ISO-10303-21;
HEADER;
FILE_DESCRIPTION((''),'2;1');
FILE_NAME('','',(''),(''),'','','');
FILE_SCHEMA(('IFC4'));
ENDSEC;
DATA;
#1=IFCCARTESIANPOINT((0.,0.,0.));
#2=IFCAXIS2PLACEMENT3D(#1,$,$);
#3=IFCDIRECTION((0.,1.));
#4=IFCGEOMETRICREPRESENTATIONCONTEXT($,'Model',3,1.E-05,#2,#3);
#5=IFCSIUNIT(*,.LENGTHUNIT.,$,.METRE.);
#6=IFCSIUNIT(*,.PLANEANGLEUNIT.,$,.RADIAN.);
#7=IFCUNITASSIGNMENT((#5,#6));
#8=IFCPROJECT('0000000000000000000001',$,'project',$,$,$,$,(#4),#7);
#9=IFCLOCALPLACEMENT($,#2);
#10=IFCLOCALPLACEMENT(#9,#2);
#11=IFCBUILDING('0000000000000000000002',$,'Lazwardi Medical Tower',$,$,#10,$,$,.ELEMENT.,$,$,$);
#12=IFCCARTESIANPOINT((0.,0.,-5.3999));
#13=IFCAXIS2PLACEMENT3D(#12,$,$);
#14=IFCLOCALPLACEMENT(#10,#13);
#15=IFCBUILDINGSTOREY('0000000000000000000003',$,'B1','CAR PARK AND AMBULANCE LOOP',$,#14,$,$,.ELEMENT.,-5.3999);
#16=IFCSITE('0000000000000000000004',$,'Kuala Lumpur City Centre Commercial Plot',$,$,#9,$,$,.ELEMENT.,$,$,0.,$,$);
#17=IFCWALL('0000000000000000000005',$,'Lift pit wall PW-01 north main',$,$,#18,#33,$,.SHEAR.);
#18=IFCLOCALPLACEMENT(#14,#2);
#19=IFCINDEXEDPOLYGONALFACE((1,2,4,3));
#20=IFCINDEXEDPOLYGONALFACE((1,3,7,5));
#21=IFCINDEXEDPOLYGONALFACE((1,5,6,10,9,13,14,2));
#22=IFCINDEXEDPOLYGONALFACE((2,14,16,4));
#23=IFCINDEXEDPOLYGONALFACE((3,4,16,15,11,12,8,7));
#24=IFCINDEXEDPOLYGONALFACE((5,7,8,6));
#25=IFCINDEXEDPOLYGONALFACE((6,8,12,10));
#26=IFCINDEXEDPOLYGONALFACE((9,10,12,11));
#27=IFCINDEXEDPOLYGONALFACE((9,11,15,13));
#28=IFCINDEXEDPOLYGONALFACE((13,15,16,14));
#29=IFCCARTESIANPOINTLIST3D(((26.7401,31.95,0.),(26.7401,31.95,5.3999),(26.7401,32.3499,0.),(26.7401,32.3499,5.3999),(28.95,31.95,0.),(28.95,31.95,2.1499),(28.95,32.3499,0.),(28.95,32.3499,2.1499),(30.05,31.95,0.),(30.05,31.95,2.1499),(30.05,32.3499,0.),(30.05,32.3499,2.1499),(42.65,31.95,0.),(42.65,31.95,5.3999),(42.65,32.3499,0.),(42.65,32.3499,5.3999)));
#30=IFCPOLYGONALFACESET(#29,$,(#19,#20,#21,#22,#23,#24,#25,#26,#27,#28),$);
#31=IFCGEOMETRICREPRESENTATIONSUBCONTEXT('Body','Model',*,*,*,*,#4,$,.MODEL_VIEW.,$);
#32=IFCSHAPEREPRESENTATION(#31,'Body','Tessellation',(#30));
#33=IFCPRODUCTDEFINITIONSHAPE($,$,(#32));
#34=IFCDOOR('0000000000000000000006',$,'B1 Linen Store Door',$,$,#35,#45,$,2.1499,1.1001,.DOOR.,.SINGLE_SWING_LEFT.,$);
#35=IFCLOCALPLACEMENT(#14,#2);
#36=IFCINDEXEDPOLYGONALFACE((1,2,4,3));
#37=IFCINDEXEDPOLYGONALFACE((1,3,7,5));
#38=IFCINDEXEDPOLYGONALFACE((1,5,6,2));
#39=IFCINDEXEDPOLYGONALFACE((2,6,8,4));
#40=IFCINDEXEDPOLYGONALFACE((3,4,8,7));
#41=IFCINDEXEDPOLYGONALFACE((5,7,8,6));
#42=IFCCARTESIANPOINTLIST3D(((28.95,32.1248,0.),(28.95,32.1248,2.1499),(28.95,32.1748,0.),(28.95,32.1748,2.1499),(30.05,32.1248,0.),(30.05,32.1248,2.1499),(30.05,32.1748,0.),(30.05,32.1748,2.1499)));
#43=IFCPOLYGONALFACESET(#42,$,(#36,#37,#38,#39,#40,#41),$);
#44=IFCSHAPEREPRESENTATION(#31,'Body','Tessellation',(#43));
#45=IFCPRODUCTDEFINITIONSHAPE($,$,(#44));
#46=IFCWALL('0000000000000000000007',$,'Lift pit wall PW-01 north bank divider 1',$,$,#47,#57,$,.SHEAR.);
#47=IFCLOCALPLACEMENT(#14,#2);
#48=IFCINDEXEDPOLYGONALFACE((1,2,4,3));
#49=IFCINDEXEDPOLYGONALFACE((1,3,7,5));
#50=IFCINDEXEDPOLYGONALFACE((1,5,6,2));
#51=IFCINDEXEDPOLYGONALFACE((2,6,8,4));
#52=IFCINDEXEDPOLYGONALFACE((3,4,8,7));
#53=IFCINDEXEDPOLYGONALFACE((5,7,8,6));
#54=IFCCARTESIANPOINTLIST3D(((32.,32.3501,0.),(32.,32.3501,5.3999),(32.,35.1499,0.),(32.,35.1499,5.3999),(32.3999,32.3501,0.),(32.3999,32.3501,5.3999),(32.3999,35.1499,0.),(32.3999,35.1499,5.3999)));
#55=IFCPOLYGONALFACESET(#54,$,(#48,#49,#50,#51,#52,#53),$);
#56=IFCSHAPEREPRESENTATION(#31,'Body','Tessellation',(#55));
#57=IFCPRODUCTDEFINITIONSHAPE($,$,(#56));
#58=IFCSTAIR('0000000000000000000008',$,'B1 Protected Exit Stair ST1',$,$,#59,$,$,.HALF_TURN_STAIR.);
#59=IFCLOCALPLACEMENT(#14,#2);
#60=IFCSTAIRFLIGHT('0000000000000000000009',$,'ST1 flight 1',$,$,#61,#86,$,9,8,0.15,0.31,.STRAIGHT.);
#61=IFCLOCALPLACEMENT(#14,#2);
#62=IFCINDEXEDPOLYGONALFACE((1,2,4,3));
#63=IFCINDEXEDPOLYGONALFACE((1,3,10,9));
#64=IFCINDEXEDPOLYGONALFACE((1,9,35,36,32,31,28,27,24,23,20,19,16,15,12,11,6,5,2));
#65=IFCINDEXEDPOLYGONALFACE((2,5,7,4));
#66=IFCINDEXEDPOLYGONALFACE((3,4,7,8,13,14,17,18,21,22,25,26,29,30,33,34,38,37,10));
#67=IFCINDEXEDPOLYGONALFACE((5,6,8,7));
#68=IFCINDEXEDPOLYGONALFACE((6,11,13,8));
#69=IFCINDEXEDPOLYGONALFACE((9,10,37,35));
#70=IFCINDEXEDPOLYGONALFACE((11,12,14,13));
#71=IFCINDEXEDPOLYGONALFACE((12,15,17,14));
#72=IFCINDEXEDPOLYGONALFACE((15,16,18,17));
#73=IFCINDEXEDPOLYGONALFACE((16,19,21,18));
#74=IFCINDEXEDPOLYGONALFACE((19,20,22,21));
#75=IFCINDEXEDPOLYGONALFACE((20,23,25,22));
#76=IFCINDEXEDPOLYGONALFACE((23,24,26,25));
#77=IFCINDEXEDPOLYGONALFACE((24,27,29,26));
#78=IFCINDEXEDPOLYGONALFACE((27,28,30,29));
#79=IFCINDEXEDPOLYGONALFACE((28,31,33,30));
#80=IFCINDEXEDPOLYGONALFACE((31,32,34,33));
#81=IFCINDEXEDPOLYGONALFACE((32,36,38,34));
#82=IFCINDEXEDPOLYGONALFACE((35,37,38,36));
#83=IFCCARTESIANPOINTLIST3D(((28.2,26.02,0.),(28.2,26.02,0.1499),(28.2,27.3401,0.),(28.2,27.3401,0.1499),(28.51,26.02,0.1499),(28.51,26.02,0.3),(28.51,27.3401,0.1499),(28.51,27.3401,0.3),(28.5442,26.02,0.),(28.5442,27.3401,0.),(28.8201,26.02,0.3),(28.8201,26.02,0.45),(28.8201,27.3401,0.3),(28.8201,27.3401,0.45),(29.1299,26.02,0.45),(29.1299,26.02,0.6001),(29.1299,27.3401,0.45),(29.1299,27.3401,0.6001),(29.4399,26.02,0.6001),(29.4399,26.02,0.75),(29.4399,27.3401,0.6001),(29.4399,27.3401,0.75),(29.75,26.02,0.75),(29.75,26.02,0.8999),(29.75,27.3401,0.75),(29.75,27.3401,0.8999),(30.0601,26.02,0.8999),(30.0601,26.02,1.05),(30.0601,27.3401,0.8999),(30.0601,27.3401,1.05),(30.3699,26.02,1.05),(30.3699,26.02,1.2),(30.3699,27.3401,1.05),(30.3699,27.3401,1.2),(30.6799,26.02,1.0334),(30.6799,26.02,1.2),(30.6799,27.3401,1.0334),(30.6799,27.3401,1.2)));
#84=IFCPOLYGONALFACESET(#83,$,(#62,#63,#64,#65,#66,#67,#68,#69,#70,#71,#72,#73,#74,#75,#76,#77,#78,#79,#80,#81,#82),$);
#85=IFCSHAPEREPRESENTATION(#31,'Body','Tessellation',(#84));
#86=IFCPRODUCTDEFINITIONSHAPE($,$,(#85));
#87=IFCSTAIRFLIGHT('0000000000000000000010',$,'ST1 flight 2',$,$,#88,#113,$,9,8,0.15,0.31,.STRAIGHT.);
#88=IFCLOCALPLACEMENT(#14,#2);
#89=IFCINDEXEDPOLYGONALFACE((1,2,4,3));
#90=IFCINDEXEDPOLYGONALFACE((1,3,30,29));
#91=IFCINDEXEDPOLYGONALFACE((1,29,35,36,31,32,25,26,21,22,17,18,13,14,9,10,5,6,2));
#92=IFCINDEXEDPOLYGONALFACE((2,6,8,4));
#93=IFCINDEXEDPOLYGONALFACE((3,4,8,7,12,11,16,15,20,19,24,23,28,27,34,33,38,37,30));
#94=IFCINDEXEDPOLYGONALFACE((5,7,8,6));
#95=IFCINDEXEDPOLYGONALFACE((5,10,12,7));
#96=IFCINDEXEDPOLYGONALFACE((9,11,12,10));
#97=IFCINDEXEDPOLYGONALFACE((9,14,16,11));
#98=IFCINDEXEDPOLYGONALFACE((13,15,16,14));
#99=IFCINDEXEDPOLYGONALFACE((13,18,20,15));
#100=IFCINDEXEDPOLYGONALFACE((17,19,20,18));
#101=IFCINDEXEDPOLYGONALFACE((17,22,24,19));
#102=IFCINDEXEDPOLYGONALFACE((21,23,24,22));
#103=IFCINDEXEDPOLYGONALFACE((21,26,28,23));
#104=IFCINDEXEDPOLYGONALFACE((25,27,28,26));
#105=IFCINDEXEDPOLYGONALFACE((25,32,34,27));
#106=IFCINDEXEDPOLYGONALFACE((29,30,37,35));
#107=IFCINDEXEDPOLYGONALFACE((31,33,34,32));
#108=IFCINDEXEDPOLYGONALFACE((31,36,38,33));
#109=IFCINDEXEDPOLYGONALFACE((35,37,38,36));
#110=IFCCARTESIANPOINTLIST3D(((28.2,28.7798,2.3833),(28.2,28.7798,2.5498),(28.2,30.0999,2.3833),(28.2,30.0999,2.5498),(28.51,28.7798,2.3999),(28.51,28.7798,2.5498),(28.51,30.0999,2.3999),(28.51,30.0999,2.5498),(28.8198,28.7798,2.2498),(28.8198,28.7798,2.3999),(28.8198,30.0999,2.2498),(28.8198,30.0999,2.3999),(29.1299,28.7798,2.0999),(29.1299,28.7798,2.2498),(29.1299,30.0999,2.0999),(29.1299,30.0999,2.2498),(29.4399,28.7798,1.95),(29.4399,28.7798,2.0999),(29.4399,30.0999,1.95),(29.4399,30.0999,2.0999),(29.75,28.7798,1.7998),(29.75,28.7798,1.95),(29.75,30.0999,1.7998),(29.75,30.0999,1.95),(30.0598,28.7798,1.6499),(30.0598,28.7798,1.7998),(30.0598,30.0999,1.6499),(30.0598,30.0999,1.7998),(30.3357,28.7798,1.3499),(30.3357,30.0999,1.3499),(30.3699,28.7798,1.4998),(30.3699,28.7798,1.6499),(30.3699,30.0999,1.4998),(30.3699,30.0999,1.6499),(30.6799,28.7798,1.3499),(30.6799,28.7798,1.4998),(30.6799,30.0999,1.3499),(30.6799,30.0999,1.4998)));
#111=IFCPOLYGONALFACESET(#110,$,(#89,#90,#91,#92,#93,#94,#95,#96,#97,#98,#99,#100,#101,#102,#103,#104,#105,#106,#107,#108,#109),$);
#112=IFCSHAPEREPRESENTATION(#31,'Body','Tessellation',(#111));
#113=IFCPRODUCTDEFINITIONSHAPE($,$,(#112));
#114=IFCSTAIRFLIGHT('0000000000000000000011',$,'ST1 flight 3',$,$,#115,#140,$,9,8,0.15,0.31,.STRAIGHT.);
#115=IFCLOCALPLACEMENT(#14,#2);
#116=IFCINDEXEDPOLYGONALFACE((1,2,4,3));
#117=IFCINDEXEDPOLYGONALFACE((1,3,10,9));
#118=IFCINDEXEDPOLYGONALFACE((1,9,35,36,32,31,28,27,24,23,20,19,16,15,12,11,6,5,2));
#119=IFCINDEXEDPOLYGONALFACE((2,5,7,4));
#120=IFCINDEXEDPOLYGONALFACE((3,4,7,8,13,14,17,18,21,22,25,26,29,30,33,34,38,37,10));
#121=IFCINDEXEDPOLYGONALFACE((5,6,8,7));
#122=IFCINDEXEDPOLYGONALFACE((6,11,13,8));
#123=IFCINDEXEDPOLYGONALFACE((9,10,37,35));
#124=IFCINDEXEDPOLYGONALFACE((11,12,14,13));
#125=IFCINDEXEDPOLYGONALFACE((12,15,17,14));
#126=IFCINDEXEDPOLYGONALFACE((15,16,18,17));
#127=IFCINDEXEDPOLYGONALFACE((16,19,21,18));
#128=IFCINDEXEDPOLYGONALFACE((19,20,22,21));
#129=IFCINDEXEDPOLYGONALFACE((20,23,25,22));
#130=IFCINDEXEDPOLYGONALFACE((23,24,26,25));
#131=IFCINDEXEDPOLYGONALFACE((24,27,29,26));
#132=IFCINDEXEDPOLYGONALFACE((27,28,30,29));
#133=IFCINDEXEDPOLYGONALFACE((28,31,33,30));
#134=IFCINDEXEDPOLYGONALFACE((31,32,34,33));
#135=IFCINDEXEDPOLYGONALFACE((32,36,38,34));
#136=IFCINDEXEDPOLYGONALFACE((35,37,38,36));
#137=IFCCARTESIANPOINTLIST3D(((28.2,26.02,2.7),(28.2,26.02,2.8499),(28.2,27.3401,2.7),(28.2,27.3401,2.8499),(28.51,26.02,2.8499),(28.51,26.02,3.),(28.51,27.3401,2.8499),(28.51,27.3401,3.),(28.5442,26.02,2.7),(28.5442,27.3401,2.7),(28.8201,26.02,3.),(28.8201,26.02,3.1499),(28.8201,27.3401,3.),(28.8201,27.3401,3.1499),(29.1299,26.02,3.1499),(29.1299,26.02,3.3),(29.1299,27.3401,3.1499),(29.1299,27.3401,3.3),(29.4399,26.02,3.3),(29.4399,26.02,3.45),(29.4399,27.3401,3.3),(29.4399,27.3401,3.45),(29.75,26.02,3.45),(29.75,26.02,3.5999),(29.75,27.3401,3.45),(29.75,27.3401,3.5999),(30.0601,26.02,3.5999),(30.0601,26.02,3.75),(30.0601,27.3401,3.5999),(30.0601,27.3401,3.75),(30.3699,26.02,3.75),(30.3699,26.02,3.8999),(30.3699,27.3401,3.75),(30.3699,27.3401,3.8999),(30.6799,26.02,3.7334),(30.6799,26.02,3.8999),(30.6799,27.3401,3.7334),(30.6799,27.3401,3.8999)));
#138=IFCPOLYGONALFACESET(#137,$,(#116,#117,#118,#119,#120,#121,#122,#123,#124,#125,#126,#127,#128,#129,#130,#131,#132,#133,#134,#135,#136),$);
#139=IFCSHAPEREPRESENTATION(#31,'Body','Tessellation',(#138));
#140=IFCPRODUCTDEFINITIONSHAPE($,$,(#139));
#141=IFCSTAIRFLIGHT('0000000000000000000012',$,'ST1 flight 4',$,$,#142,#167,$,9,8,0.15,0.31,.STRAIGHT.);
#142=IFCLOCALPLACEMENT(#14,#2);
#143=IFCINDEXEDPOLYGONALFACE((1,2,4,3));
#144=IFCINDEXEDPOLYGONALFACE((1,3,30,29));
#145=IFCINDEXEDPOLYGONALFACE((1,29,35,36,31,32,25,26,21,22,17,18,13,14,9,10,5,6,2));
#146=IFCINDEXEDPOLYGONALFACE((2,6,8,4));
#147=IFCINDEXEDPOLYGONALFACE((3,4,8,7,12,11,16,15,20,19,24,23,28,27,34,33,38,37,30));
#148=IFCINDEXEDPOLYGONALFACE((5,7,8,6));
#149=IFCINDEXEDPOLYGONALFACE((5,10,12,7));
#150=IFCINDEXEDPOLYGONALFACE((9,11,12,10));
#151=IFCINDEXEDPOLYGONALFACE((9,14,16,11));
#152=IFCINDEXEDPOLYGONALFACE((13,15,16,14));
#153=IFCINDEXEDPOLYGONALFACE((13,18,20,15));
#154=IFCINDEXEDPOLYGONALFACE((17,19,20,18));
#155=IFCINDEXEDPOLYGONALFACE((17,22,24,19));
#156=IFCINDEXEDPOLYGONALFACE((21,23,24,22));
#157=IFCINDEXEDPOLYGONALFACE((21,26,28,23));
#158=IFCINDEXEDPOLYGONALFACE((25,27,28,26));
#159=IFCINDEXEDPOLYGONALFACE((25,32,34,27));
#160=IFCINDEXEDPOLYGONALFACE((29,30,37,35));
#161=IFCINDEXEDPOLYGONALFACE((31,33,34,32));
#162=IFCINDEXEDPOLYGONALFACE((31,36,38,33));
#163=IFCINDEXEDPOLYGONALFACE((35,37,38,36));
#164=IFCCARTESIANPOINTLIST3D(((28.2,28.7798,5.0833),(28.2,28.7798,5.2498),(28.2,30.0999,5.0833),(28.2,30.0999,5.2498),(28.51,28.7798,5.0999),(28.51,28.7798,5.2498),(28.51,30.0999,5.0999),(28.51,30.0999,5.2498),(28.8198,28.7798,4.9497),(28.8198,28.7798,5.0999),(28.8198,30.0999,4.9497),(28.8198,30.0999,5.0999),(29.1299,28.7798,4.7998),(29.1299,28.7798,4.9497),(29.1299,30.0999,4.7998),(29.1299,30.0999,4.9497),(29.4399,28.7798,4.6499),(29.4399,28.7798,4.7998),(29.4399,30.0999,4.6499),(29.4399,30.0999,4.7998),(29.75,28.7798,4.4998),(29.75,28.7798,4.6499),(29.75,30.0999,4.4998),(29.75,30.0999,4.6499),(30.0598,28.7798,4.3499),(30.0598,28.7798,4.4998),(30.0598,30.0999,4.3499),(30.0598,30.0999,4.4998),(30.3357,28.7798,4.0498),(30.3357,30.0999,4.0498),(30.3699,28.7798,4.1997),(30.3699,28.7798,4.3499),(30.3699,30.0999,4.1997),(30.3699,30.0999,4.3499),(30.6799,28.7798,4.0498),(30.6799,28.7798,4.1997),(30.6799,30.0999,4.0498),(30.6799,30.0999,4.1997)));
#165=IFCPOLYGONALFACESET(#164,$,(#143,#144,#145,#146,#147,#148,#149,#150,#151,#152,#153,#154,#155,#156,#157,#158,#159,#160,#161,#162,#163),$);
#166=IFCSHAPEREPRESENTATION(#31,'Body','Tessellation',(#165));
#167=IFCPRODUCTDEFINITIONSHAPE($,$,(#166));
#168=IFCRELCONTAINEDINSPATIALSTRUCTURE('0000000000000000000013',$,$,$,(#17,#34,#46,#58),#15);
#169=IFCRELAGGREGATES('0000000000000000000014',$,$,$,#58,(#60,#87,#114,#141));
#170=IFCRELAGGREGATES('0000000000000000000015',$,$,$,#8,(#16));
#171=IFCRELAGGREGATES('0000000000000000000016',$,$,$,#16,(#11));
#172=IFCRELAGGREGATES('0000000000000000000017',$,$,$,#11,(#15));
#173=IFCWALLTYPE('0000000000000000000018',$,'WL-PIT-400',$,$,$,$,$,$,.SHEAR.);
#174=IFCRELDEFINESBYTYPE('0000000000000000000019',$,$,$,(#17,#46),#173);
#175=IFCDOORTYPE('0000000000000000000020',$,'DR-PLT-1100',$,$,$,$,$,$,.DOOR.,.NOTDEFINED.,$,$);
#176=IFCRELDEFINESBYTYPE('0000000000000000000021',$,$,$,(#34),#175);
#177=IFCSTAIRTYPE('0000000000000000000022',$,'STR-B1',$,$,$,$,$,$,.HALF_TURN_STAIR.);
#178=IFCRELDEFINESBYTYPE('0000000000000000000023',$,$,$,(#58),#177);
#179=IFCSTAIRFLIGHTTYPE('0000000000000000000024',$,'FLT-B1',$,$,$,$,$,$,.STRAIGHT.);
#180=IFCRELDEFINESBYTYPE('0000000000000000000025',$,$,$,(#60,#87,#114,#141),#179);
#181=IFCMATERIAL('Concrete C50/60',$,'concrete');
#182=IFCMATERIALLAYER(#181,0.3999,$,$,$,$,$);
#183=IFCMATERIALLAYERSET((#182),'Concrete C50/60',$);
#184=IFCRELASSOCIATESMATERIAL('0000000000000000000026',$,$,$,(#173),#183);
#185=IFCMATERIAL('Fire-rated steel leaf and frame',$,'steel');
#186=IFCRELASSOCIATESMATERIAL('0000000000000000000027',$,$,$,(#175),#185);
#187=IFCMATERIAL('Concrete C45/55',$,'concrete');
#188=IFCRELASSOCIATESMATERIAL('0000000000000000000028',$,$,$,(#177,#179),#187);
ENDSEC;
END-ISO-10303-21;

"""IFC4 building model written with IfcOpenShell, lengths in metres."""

from ifc_helpers import new_model, si_unit, direction, frame, frame_2d, origin, place, context, subcontext, project, spatial, polyline, rectangle, outline, extrude, material, layer, layer_set, type_object, element, fill, aggregate, save


model = new_model("IFC4")

# Units and contexts
model_context = context("Model", 3, precision=1e-05, world=origin(), true_north=direction((0.0, 1.0)))
body_context = subcontext(model_context, "Body", "Model", "MODEL_VIEW")
ifc_project = project(units=[si_unit("LENGTHUNIT", "METRE"), si_unit("PLANEANGLEUNIT", "RADIAN")], contexts=[model_context])

# Site, building, storey
site_placement = place(None, origin())
site = spatial("IfcSite", under=ifc_project, at=site_placement, Name="Kuala Lumpur City Centre Commercial Plot", CompositionType="ELEMENT", RefElevation=0.0)
building_placement = place(site_placement, origin())
building = spatial("IfcBuilding", under=site, at=building_placement, Name="Lazwardi Medical Tower", CompositionType="ELEMENT")
storey_placement = place(building_placement, frame((0.0, 0.0, -5.3999)))
storey = spatial("IfcBuildingStorey", under=building, at=storey_placement, Name="B1", Description="CAR PARK AND AMBULANCE LOOP", CompositionType="ELEMENT", Elevation=-5.3999)

# Shared definitions
ifc_material_1 = material(Name="Concrete C50/60", Category="concrete")

# Wall, opening, door
ifc_layer = layer(ifc_material_1, 0.3999)
ifc_layer_set = layer_set([ifc_layer], Name="Concrete C50/60")
wall_type = type_object("IfcWallType", Name="WL-PIT-400", PredefinedType="SHEAR", material=ifc_layer_set)
wall_1_placement = place(storey_placement, frame((26.74, 32.1499, 0.0), z_axis=(0.0, 0.0, 1.0), x_axis=(1.0, 0.0, 0.0)))
wall_1 = element("IfcWall", 1, at=wall_1_placement, inside=storey, type_object=wall_type, Name="Lift pit wall PW-01 north main", PredefinedType="SHEAR", context=body_context, shape_type="SweptSolid", body=[
    extrude(rectangle(XDim=15.9099, YDim=0.3999, at=frame_2d((7.9551, 0.0))), origin(), (0.0, 0.0, 1.0), 5.3999),
])
opening_placement = place(wall_1_placement, frame((2.21, 0.0, 0.0)))
opening = element("IfcOpeningElement", 2, at=opening_placement, cuts=wall_1, PredefinedType="OPENING", context=body_context, shape_type="SweptSolid", body=[
    extrude(rectangle(XDim=1.1001, YDim=2.1499, at=frame_2d((0.55, 1.075))), frame((0.0, 0.21, 0.0), z_axis=(0.0, -1.0, 0.0), x_axis=(1.0, 0.0, 0.0)), (0.0, 0.0, 1.0), 0.4199),
])
ifc_material_2 = material(Name="Fire-rated steel leaf and frame", Category="steel")
door_type = type_object("IfcDoorType", Name="DR-PLT-1100", OperationType="NOTDEFINED", PredefinedType="DOOR", material=ifc_material_2)
door_placement = place(opening_placement, origin())
door = element("IfcDoor", 3, at=door_placement, inside=storey, type_object=door_type, Name="B1 Linen Store Door", OperationType="SINGLE_SWING_LEFT", OverallHeight=2.1499, OverallWidth=1.1001, PredefinedType="DOOR", context=body_context, shape_type="SweptSolid", body=[
    extrude(rectangle(XDim=1.1001, YDim=2.1499, at=frame_2d((0.55, 1.075))), frame((0.0, 0.0249, 0.0), z_axis=(0.0, -1.0, 0.0), x_axis=(1.0, 0.0, 0.0)), (0.0, 0.0, 1.0), 0.05),
])
fill(opening, door)

# Wall
wall_2_placement = place(storey_placement, frame((32.2, 32.3501, 0.0), z_axis=(0.0, 0.0, 1.0), x_axis=(0.0, 1.0, 0.0)))
element("IfcWall", 4, at=wall_2_placement, inside=storey, type_object=wall_type, Name="Lift pit wall PW-01 north bank divider 1", PredefinedType="SHEAR", context=body_context, shape_type="SweptSolid", body=[
    extrude(rectangle(XDim=2.7998, YDim=0.3999, at=frame_2d((1.3999, 0.0))), origin(), (0.0, 0.0, 1.0), 5.3999),
])

# Stair, stair flights
ifc_material_3 = material(Name="Concrete C45/55", Category="concrete")
stair_type = type_object("IfcStairType", Name="STR-B1", PredefinedType="HALF_TURN_STAIR", material=ifc_material_3)
stair_placement = place(storey_placement, origin())
stair = element("IfcStair", 5, at=stair_placement, inside=storey, type_object=stair_type, Name="B1 Protected Exit Stair ST1", PredefinedType="HALF_TURN_STAIR")
stair_flight_type = type_object("IfcStairFlightType", Name="FLT-B1", PredefinedType="STRAIGHT", material=ifc_material_3)
stair_flight_1_placement = place(storey_placement, frame((28.2, 26.6799, 0.0), z_axis=(0.0, 0.0, 1.0), x_axis=(1.0, 0.0, 0.0)))
stair_flight_1 = element("IfcStairFlight", 6, at=stair_flight_1_placement, type_object=stair_flight_type, Name="ST1 flight 1", NumberOfRisers=9, NumberOfTreads=8, PredefinedType="STRAIGHT", RiserHeight=0.15, TreadLength=0.31, context=body_context, shape_type="SweptSolid", body=[
    extrude(outline(polyline([(0.0, 0.0), (0.0, 0.1499), (0.3101, 0.1499), (0.3101, 0.3), (0.6201, 0.3), (0.6201, 0.45), (0.9299, 0.45), (0.9299, 0.6001), (1.24, 0.6001), (1.24, 0.75), (1.55, 0.75), (1.55, 0.8999), (1.8601, 0.8999), (1.8601, 1.05), (2.1699, 1.05), (2.1699, 1.2), (2.48, 1.2), (2.48, 1.3501), (2.48, 1.0334), (0.3442, 0.0), (0.0, 0.0)])), frame((0.0, 0.6602, 0.0), z_axis=(0.0, -1.0, 0.0), x_axis=(1.0, 0.0, 0.0)), (0.0, 0.0, 1.0), 1.3201),
])
stair_flight_2_placement = place(storey_placement, frame((30.6799, 29.4399, 1.3499), z_axis=(0.0, 0.0, 1.0), x_axis=(-1.0, 0.0, 0.0)))
stair_flight_2 = element("IfcStairFlight", 7, at=stair_flight_2_placement, type_object=stair_flight_type, Name="ST1 flight 2", NumberOfRisers=9, NumberOfTreads=8, PredefinedType="STRAIGHT", RiserHeight=0.15, TreadLength=0.31, context=body_context, shape_type="SweptSolid", body=[
    extrude(outline(polyline([(0.0, 0.0), (0.0, 0.1499), (0.3101, 0.1499), (0.3101, 0.3), (0.6201, 0.3), (0.6201, 0.45), (0.9299, 0.45), (0.9299, 0.6001), (1.24, 0.6001), (1.24, 0.75), (1.55, 0.75), (1.55, 0.8999), (1.8601, 0.8999), (1.8601, 1.05), (2.1699, 1.05), (2.1699, 1.2), (2.48, 1.2), (2.48, 1.3501), (2.48, 1.0334), (0.3442, 0.0), (0.0, 0.0)])), frame((0.0, 0.6602, 0.0), z_axis=(0.0, -1.0, 0.0), x_axis=(1.0, 0.0, 0.0)), (0.0, 0.0, 1.0), 1.3201),
])
stair_flight_3_placement = place(storey_placement, frame((28.2, 26.6799, 2.7), z_axis=(0.0, 0.0, 1.0), x_axis=(1.0, 0.0, 0.0)))
stair_flight_3 = element("IfcStairFlight", 8, at=stair_flight_3_placement, type_object=stair_flight_type, Name="ST1 flight 3", NumberOfRisers=9, NumberOfTreads=8, PredefinedType="STRAIGHT", RiserHeight=0.15, TreadLength=0.31, context=body_context, shape_type="SweptSolid", body=[
    extrude(outline(polyline([(0.0, 0.0), (0.0, 0.1499), (0.3101, 0.1499), (0.3101, 0.3), (0.6201, 0.3), (0.6201, 0.45), (0.9299, 0.45), (0.9299, 0.6001), (1.24, 0.6001), (1.24, 0.75), (1.55, 0.75), (1.55, 0.8999), (1.8601, 0.8999), (1.8601, 1.05), (2.1699, 1.05), (2.1699, 1.2), (2.48, 1.2), (2.48, 1.3501), (2.48, 1.0334), (0.3442, 0.0), (0.0, 0.0)])), frame((0.0, 0.6602, 0.0), z_axis=(0.0, -1.0, 0.0), x_axis=(1.0, 0.0, 0.0)), (0.0, 0.0, 1.0), 1.3201),
])
stair_flight_4_placement = place(storey_placement, frame((30.6799, 29.4399, 4.0498), z_axis=(0.0, 0.0, 1.0), x_axis=(-1.0, 0.0, 0.0)))
stair_flight_4 = element("IfcStairFlight", 9, at=stair_flight_4_placement, type_object=stair_flight_type, Name="ST1 flight 4", NumberOfRisers=9, NumberOfTreads=8, PredefinedType="STRAIGHT", RiserHeight=0.15, TreadLength=0.31, context=body_context, shape_type="SweptSolid", body=[
    extrude(outline(polyline([(0.0, 0.0), (0.0, 0.1499), (0.3101, 0.1499), (0.3101, 0.3), (0.6201, 0.3), (0.6201, 0.45), (0.9299, 0.45), (0.9299, 0.6001), (1.24, 0.6001), (1.24, 0.75), (1.55, 0.75), (1.55, 0.8999), (1.8601, 0.8999), (1.8601, 1.05), (2.1699, 1.05), (2.1699, 1.2), (2.48, 1.2), (2.48, 1.3501), (2.48, 1.0334), (0.3442, 0.0), (0.0, 0.0)])), frame((0.0, 0.6602, 0.0), z_axis=(0.0, -1.0, 0.0), x_axis=(1.0, 0.0, 0.0)), (0.0, 0.0, 1.0), 1.3201),
])
aggregate(stair, [stair_flight_1, stair_flight_2, stair_flight_3, stair_flight_4])

save(model, "model.ifc")
